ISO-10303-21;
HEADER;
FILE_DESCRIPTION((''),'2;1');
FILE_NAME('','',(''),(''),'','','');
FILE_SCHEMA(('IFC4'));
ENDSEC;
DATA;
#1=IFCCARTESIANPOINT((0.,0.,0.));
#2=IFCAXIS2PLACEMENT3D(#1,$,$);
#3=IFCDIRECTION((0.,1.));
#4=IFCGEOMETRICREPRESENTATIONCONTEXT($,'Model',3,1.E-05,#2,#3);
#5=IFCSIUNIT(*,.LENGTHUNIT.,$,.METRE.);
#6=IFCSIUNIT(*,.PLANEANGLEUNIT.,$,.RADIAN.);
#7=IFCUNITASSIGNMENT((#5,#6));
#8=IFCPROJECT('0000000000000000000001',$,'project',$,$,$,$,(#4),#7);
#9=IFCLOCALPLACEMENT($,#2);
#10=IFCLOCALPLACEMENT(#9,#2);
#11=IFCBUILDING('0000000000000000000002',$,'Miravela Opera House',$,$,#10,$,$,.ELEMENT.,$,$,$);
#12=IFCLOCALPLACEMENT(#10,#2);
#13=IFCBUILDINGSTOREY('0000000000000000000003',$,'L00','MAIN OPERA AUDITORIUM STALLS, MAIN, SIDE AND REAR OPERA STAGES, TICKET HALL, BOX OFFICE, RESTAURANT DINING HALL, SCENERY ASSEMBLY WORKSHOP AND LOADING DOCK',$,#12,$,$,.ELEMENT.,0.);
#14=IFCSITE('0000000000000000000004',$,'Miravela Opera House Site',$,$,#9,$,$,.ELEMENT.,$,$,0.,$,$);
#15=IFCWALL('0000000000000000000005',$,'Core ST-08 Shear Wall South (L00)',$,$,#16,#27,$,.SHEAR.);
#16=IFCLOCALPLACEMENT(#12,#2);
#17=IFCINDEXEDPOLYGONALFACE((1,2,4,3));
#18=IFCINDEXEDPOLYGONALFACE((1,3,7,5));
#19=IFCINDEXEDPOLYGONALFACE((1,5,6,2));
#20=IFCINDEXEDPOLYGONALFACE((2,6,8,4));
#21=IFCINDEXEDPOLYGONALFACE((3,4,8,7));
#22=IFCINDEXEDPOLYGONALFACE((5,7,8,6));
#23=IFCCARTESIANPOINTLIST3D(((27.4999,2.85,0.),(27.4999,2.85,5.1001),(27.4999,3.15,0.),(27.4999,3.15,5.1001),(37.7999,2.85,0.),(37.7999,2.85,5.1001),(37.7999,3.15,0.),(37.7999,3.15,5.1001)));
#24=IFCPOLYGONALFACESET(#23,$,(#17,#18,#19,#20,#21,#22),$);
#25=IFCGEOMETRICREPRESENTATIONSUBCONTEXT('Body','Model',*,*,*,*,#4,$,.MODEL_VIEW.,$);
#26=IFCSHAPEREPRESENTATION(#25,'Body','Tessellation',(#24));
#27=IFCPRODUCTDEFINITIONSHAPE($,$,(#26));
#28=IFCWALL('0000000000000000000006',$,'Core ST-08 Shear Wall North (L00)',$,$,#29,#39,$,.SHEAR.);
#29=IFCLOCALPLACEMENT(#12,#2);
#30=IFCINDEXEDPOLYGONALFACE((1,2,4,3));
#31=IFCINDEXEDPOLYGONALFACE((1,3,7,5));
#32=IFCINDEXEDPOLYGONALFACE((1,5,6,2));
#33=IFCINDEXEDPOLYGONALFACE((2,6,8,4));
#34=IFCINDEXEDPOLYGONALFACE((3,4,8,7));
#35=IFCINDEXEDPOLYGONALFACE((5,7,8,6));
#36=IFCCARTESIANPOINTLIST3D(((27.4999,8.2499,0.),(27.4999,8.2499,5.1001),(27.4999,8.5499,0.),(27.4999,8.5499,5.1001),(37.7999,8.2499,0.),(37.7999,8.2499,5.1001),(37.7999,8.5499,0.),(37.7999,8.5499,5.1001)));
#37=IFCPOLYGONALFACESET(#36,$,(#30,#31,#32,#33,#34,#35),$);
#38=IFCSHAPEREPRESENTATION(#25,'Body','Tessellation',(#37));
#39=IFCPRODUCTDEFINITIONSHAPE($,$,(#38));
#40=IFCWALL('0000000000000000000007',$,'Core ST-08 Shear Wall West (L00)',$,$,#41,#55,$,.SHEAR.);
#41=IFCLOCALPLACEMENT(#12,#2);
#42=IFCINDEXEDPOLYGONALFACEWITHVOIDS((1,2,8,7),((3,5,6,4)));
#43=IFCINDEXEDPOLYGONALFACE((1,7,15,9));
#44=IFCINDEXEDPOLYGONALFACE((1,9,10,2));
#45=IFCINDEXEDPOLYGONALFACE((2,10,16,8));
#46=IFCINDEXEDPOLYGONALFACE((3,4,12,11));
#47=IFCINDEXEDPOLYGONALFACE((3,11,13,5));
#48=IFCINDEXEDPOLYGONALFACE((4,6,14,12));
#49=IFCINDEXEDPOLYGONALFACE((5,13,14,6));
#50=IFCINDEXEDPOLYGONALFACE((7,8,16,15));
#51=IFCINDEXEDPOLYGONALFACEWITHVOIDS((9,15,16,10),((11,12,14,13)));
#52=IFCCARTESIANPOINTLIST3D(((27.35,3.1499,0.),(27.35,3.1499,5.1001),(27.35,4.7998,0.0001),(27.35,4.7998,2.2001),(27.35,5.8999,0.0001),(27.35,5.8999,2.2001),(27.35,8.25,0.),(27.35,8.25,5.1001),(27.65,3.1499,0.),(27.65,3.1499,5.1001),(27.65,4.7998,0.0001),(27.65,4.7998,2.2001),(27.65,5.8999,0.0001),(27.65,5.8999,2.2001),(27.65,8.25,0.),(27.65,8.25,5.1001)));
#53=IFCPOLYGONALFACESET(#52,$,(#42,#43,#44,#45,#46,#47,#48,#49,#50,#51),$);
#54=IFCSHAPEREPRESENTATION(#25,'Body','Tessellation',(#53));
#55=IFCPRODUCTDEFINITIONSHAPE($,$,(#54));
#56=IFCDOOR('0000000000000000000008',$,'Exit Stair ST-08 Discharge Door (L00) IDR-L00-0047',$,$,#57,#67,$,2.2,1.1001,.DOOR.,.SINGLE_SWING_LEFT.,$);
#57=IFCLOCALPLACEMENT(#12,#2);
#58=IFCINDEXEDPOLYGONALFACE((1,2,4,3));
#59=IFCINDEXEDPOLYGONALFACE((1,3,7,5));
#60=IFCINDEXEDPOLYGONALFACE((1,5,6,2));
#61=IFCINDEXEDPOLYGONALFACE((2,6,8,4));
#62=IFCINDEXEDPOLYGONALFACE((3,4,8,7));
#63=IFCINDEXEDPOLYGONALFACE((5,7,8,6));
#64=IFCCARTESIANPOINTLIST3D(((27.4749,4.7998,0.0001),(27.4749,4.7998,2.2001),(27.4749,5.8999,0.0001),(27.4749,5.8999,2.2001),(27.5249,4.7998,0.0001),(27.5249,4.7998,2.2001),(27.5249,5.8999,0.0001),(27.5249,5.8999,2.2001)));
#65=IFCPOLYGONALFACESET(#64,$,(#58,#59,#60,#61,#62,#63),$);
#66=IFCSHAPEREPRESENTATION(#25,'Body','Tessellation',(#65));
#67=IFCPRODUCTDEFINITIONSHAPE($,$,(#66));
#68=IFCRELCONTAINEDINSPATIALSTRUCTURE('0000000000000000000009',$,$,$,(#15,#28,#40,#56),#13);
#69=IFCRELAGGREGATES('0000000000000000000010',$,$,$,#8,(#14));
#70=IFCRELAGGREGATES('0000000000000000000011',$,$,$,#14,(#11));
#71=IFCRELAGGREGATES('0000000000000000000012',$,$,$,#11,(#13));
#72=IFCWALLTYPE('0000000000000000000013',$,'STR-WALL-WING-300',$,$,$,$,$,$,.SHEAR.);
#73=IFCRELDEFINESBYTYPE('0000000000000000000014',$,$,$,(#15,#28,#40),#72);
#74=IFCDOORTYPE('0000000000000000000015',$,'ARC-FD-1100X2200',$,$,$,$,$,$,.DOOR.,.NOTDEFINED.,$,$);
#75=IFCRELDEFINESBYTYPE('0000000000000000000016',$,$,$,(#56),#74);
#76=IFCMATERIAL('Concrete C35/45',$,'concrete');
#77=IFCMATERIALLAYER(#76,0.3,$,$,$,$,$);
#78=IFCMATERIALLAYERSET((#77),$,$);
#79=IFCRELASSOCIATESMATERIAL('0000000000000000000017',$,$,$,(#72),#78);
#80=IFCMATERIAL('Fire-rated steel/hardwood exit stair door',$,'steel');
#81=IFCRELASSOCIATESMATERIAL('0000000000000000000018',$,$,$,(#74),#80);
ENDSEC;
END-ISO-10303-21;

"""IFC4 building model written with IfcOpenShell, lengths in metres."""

from ifc_helpers import new_model, si_unit, direction, frame, frame_2d, origin, place, context, subcontext, project, spatial, rectangle, extrude, material, layer, layer_set, type_object, element, fill, save


model = new_model("IFC4")

# Units and contexts
model_context = context("Model", 3, precision=1e-05, world=origin(), true_north=direction((0.0, 1.0)))
body_context = subcontext(model_context, "Body", "Model", "MODEL_VIEW")
ifc_project = project(units=[si_unit("LENGTHUNIT", "METRE"), si_unit("PLANEANGLEUNIT", "RADIAN")], contexts=[model_context])

# Site, building, storey
site_placement = place(None, origin())
site = spatial("IfcSite", under=ifc_project, at=site_placement, Name="Miravela Opera House Site", CompositionType="ELEMENT", RefElevation=0.0)
building_placement = place(site_placement, origin())
building = spatial("IfcBuilding", under=site, at=building_placement, Name="Miravela Opera House", CompositionType="ELEMENT")
storey_placement = place(building_placement, origin())
storey = spatial("IfcBuildingStorey", under=building, at=storey_placement, Name="L00", Description="MAIN OPERA AUDITORIUM STALLS, MAIN, SIDE AND REAR OPERA STAGES, TICKET HALL, BOX OFFICE, RESTAURANT DINING HALL, SCENERY ASSEMBLY WORKSHOP AND LOADING DOCK", CompositionType="ELEMENT", Elevation=0.0)

# Shared definitions
ifc_material_1 = material(Name="Concrete C35/45", Category="concrete")

# Walls
ifc_layer_1 = layer(ifc_material_1, 0.3)
ifc_layer_set_1 = layer_set([ifc_layer_1])
wall_type_1 = type_object("IfcWallType", Name="STR-WALL-WING-300", PredefinedType="SHEAR", material=ifc_layer_set_1)
for number, where, z_axis, x_axis, name in (
    (1, (27.5, 3.0, 0.0), (0.0, 0.0, 1.0), (1.0, 0.0, 0.0), "Core ST-08 Shear Wall South (L00)"),
    (2, (27.5, 8.3999, 0.0), (0.0, 0.0, 1.0), (1.0, 0.0, 0.0), "Core ST-08 Shear Wall North (L00)"),
):
    element("IfcWall", number, at=place(storey_placement, frame(where, z_axis=z_axis, x_axis=x_axis)), inside=storey, type_object=wall_type_1, Name=name, PredefinedType="SHEAR", context=body_context, shape_type="SweptSolid", body=[
        extrude(rectangle(XDim=10.3, YDim=0.3, at=frame_2d((5.1499, 0.0))), origin(), (0.0, 0.0, 1.0), 5.1001),
    ])

# Wall, opening, door
wall_1_placement = place(storey_placement, frame((27.5, 3.1499, 0.0), z_axis=(0.0, 0.0, 1.0), x_axis=(0.0, 1.0, 0.0)))
wall_1 = element("IfcWall", 3, at=wall_1_placement, inside=storey, type_object=wall_type_1, Name="Core ST-08 Shear Wall West (L00)", PredefinedType="SHEAR", context=body_context, shape_type="SweptSolid", body=[
    extrude(rectangle(XDim=5.1001, YDim=0.3, at=frame_2d((2.55, 0.0))), origin(), (0.0, 0.0, 1.0), 5.1001),
])
opening_placement = place(wall_1_placement, frame((1.6499, 0.0, 0.0)))
opening = element("IfcOpeningElement", 4, at=opening_placement, cuts=wall_1, PredefinedType="OPENING", context=body_context, shape_type="SweptSolid", body=[
    extrude(rectangle(XDim=1.1001, YDim=2.2, at=frame_2d((0.55, 1.1001))), frame((0.0, 0.1599, 0.0), z_axis=(0.0, -1.0, 0.0), x_axis=(1.0, 0.0, 0.0)), (0.0, 0.0, 1.0), 0.3201),
])
ifc_material_2 = material(Name="Fire-rated steel/hardwood exit stair door", Category="steel")
door_type = type_object("IfcDoorType", Name="ARC-FD-1100X2200", OperationType="NOTDEFINED", PredefinedType="DOOR", material=ifc_material_2)
door_placement = place(opening_placement, frame((1.1001, 0.0, 0.0), z_axis=(0.0, 0.0, 1.0), x_axis=(-1.0, 0.0, 0.0)))
door = element("IfcDoor", 5, at=door_placement, inside=storey, type_object=door_type, Name="Exit Stair ST-08 Discharge Door (L00) IDR-L00-0047", OperationType="SINGLE_SWING_LEFT", OverallHeight=2.2, OverallWidth=1.1001, PredefinedType="DOOR", context=body_context, shape_type="SweptSolid", body=[
    extrude(rectangle(XDim=1.1001, YDim=2.2, at=frame_2d((0.55, 1.1001))), frame((0.0, 0.0249, 0.0), z_axis=(0.0, -1.0, 0.0), x_axis=(1.0, 0.0, 0.0)), (0.0, 0.0, 1.0), 0.05),
])
fill(opening, door)

save(model, "model.ifc")
